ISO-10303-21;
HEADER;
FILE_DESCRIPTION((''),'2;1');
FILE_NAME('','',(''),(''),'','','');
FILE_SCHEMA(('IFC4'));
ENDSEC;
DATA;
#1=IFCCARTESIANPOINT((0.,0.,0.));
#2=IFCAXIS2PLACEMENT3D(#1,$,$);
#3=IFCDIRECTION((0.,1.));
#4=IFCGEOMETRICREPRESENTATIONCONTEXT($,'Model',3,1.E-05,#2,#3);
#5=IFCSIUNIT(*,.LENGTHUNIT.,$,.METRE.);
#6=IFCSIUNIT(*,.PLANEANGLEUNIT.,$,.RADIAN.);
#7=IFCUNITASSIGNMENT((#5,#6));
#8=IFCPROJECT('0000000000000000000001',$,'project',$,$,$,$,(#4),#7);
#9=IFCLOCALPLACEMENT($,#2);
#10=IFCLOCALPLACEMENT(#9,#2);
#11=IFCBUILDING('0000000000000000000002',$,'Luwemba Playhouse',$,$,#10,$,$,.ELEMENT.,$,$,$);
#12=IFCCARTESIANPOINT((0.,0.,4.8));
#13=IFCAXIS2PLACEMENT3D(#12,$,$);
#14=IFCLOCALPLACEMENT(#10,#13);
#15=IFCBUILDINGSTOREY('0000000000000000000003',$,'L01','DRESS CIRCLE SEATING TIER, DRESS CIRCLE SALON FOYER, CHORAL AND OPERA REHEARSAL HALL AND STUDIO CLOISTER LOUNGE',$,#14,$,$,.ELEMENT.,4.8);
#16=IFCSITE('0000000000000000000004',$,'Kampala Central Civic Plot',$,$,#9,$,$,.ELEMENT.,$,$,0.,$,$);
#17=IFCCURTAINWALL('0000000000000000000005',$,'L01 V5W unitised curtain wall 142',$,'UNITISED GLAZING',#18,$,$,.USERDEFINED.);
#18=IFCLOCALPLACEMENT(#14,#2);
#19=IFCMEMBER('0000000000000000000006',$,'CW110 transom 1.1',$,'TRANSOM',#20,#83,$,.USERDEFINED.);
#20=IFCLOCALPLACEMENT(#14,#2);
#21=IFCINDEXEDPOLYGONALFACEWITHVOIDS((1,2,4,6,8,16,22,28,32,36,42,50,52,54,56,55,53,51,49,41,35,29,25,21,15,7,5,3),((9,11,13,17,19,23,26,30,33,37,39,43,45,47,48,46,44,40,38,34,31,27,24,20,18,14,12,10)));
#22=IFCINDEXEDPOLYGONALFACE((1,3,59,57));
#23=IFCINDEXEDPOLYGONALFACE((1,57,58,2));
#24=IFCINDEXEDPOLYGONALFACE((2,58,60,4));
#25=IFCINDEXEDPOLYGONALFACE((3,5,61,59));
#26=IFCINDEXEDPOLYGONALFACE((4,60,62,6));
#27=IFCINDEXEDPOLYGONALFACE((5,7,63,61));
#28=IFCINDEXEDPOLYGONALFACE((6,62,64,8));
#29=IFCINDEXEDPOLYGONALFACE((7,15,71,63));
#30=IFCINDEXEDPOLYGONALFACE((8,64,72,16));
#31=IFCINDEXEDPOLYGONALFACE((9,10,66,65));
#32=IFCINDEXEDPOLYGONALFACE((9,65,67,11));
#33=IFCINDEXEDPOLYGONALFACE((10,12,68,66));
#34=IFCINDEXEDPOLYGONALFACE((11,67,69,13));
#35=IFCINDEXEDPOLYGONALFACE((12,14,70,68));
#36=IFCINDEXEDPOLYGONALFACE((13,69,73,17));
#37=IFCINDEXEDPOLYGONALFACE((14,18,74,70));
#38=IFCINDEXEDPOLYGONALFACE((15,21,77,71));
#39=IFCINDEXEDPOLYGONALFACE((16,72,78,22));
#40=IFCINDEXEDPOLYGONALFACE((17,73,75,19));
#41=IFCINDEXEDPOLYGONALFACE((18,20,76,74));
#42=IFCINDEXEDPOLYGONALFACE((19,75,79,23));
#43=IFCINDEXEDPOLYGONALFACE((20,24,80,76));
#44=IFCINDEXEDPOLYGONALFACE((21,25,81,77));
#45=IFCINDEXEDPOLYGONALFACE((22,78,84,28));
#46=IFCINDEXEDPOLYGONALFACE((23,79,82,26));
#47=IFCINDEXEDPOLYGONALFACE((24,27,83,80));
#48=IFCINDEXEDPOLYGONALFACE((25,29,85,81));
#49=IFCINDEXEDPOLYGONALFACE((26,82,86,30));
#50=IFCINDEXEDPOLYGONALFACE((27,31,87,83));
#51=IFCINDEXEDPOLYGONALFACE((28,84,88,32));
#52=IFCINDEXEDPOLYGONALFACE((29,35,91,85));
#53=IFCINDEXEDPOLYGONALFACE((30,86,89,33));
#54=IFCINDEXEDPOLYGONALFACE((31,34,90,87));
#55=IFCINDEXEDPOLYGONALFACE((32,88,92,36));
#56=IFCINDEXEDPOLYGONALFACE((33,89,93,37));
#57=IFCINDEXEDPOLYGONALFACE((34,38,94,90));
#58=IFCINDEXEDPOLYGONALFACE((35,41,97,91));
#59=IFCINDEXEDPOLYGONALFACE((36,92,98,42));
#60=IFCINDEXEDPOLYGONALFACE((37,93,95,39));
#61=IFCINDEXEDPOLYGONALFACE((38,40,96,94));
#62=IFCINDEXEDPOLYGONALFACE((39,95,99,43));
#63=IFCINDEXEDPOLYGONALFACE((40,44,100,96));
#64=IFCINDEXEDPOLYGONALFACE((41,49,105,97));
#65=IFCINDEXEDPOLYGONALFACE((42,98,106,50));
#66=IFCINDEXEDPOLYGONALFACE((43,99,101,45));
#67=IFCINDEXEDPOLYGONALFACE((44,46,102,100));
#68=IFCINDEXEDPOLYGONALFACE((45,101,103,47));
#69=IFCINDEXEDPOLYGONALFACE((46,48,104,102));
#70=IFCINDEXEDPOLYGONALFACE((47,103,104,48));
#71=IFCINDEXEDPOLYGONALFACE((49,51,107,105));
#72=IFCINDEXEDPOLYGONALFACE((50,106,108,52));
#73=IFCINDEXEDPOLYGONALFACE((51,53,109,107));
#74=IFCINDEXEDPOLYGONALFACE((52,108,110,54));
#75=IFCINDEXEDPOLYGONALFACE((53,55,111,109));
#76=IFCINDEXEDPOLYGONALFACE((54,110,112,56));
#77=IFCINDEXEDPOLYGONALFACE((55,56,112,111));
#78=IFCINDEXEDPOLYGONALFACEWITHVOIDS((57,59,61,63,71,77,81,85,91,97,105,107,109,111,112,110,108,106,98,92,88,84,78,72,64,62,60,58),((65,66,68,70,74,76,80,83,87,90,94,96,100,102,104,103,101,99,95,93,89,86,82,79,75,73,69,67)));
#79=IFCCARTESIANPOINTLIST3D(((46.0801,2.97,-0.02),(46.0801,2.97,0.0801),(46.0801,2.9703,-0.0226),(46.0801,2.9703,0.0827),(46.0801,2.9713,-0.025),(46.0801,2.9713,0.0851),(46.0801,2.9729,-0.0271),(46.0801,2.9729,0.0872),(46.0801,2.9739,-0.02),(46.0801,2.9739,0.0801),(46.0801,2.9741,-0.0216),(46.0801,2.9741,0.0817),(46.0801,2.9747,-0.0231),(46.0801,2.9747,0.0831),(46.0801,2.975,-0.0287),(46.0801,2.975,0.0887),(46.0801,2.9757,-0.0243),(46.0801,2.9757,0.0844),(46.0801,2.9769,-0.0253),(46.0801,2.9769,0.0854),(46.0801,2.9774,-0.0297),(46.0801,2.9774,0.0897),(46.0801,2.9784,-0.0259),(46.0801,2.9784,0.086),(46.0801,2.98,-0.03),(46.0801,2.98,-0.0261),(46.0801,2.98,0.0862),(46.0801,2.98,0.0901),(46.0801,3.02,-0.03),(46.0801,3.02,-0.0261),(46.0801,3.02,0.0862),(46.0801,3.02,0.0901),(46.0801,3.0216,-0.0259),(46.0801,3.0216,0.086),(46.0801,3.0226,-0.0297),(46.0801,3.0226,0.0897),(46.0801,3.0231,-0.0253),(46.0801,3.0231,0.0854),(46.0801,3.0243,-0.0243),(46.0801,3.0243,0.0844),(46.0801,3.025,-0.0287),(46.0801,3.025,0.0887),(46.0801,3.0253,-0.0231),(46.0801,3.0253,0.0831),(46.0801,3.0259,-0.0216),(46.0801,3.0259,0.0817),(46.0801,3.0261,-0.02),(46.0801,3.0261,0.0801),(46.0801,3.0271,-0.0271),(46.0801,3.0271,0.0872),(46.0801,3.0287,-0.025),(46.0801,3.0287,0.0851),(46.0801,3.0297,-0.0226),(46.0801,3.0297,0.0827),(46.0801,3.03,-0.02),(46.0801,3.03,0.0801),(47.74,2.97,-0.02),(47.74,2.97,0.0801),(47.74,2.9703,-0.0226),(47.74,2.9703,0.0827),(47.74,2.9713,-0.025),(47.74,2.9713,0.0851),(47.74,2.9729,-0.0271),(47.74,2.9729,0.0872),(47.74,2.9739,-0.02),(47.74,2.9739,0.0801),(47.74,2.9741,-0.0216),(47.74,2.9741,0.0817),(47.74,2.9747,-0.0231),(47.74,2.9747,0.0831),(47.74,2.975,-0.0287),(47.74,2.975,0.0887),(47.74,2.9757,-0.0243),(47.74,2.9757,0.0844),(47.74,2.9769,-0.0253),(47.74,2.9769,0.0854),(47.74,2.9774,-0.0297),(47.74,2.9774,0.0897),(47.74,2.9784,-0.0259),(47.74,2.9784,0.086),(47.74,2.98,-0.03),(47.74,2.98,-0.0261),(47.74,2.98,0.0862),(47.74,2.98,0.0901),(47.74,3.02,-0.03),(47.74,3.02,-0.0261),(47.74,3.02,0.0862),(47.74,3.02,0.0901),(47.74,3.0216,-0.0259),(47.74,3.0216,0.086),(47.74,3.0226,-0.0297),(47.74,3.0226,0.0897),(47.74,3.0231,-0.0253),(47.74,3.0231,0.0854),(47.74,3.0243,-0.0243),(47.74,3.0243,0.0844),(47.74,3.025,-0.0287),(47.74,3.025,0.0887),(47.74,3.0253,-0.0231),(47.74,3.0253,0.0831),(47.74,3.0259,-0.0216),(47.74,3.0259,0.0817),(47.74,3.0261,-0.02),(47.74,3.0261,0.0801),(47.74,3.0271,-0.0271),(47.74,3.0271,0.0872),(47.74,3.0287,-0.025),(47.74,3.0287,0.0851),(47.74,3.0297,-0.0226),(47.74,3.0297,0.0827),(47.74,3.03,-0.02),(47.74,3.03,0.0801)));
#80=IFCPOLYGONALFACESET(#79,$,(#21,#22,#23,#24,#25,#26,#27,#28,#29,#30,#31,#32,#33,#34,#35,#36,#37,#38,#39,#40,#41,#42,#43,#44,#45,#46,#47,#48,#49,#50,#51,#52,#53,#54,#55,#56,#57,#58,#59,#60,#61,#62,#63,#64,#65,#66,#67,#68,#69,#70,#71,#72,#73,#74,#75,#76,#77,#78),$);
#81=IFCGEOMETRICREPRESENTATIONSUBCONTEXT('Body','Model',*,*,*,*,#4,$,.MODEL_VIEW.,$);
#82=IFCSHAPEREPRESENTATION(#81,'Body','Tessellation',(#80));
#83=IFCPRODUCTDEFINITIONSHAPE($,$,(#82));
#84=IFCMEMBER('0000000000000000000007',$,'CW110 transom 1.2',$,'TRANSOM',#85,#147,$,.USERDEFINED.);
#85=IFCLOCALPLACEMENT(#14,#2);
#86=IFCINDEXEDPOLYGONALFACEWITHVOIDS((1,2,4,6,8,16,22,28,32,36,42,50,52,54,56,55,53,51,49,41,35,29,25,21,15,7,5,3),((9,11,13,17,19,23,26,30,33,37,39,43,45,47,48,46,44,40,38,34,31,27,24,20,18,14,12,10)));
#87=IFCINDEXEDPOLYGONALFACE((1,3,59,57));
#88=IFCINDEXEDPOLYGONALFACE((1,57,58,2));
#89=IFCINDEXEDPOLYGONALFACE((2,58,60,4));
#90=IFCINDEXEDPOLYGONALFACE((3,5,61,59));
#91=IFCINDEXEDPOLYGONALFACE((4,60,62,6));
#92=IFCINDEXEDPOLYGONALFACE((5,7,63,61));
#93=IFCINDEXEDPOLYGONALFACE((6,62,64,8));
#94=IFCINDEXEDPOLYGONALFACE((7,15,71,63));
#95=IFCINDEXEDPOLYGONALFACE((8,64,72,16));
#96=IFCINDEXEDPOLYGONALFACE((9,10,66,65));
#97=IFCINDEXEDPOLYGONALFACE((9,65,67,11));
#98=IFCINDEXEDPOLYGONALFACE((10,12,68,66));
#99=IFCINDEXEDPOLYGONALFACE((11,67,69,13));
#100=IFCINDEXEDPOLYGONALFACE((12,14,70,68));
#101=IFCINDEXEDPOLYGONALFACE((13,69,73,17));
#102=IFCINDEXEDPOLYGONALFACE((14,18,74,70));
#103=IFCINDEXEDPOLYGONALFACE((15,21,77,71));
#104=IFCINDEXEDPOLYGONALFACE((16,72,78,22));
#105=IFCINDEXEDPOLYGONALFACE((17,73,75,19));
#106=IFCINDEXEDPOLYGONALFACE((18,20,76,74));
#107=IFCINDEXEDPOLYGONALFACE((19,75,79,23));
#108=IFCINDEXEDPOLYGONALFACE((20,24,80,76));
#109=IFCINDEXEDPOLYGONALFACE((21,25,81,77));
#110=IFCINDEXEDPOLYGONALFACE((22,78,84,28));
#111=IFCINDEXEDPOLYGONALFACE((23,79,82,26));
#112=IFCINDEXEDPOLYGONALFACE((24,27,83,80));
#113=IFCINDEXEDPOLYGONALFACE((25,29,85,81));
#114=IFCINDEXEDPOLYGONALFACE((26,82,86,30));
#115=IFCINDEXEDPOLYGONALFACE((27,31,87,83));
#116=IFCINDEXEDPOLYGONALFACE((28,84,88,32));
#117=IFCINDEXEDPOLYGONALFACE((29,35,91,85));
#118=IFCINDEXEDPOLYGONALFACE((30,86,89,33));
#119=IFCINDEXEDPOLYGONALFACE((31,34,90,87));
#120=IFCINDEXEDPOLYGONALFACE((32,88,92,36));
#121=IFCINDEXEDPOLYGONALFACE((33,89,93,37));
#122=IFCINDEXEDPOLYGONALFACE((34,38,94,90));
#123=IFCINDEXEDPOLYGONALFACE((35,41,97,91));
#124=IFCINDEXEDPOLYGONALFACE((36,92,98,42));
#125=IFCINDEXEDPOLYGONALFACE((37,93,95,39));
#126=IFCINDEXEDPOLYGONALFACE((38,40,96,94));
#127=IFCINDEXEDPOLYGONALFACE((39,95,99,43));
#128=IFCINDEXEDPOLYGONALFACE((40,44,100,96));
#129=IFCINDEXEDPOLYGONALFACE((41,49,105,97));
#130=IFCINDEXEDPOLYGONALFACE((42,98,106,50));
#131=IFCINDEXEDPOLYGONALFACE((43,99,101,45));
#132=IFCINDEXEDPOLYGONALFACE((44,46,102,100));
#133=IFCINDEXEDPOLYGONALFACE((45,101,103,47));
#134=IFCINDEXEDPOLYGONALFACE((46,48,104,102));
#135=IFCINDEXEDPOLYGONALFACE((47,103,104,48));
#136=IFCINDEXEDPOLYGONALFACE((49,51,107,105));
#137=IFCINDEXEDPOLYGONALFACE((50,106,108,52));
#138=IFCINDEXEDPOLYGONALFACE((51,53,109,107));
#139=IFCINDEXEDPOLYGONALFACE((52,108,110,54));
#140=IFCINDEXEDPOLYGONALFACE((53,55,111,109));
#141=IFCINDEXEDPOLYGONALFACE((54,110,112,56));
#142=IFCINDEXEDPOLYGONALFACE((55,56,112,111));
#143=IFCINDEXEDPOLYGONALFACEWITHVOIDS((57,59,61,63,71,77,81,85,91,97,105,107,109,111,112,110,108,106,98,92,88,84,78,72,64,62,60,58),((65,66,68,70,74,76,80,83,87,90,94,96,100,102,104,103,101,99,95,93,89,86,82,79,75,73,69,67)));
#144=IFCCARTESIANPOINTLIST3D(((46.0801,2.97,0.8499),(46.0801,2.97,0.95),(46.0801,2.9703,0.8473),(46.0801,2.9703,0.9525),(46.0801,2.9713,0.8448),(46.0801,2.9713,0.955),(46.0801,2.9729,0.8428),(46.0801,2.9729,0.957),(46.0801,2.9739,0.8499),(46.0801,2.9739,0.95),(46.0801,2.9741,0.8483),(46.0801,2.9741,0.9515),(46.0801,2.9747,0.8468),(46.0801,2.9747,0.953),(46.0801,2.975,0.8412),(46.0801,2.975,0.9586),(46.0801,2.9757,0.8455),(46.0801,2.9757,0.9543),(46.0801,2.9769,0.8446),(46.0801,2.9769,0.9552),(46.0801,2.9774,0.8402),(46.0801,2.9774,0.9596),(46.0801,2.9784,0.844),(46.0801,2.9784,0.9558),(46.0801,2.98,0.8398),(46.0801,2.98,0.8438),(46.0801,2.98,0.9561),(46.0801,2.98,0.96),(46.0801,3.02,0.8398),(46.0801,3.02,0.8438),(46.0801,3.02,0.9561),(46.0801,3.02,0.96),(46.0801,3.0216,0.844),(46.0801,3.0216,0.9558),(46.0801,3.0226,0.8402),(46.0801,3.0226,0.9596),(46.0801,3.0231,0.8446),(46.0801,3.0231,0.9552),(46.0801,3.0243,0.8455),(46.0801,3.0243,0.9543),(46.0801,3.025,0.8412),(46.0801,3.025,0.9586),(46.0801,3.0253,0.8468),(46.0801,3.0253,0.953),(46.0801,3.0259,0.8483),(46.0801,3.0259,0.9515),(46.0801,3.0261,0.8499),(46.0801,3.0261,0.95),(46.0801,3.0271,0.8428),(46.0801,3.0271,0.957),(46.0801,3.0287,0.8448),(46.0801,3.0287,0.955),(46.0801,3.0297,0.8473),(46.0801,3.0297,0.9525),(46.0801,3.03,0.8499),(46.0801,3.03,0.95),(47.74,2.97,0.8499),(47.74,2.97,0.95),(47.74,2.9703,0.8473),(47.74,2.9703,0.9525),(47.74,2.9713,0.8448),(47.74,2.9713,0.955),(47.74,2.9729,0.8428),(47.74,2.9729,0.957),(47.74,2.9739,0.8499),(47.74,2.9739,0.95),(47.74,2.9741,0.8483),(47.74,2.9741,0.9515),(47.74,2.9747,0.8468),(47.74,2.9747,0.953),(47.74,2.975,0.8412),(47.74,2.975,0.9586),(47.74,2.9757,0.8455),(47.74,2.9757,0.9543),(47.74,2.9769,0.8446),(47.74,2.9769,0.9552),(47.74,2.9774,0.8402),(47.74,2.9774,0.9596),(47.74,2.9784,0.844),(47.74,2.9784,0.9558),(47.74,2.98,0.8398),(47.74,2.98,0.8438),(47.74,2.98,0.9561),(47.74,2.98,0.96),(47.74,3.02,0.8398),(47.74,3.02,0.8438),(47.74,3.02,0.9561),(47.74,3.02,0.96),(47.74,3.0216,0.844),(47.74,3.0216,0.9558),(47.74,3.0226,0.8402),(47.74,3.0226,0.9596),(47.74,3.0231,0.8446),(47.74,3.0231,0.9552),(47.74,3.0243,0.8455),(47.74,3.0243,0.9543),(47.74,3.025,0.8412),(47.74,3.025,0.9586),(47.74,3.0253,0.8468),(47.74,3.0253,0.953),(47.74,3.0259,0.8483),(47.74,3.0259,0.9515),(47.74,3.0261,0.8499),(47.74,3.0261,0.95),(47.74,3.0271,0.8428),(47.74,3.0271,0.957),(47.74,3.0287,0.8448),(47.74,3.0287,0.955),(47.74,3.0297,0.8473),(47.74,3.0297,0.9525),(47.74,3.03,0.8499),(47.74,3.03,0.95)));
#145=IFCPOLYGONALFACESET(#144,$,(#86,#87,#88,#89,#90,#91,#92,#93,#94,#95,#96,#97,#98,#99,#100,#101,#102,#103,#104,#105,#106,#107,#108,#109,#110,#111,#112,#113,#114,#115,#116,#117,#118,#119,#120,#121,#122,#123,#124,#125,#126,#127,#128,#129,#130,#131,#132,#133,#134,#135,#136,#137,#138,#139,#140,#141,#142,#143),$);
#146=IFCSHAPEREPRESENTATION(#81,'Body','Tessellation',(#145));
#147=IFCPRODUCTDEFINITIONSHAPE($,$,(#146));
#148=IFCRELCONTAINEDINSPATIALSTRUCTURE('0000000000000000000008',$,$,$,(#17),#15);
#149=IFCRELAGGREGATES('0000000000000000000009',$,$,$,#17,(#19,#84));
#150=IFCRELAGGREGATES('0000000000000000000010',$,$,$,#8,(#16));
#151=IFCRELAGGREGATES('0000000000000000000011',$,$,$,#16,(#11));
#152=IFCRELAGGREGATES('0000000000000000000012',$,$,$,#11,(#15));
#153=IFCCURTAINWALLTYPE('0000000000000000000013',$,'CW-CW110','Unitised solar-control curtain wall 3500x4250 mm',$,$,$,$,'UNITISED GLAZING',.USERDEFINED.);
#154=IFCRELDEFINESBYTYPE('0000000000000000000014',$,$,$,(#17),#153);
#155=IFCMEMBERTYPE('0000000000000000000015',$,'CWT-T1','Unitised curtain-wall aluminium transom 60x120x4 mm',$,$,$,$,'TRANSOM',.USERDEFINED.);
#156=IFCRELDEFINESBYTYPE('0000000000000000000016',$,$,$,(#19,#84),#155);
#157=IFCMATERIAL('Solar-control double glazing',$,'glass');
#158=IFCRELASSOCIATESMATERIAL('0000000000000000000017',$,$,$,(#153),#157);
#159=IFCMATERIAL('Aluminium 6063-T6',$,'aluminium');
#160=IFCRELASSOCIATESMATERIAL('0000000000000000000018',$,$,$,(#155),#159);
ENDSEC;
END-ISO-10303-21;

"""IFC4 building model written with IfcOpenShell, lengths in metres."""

from ifc_helpers import new_model, si_unit, direction, frame, origin, origin_2d, place, context, subcontext, project, spatial, hollow_rectangle, extrude, material, material_profile, profile_set, type_object, element, aggregate, save


model = new_model("IFC4")

# Units and contexts
model_context = context("Model", 3, precision=1e-05, world=origin(), true_north=direction((0.0, 1.0)))
body_context = subcontext(model_context, "Body", "Model", "MODEL_VIEW")
ifc_project = project(units=[si_unit("LENGTHUNIT", "METRE"), si_unit("PLANEANGLEUNIT", "RADIAN")], contexts=[model_context])

# Site, building, storey
site_placement = place(None, origin())
site = spatial("IfcSite", under=ifc_project, at=site_placement, Name="Kampala Central Civic Plot", CompositionType="ELEMENT", RefElevation=0.0)
building_placement = place(site_placement, origin())
building = spatial("IfcBuilding", under=site, at=building_placement, Name="Luwemba Playhouse", CompositionType="ELEMENT")
storey_placement = place(building_placement, frame((0.0, 0.0, 4.8)))
storey = spatial("IfcBuildingStorey", under=building, at=storey_placement, Name="L01", Description="DRESS CIRCLE SEATING TIER, DRESS CIRCLE SALON FOYER, CHORAL AND OPERA REHEARSAL HALL AND STUDIO CLOISTER LOUNGE", CompositionType="ELEMENT", Elevation=4.8)

# Curtain wall
ifc_material_1 = material(Name="Solar-control double glazing", Category="glass")
curtain_wall_type_1 = type_object("IfcCurtainWallType", Name="CW-CW110", Description="Unitised solar-control curtain wall 3500x4250 mm", ElementType="UNITISED GLAZING", PredefinedType="USERDEFINED", material=ifc_material_1)
curtain_wall_1_placement = place(storey_placement, origin())
curtain_wall_1 = element("IfcCurtainWall", 1, at=curtain_wall_1_placement, inside=storey, type_object=curtain_wall_type_1, Name="L01 V5W unitised curtain wall 142", ObjectType="UNITISED GLAZING", PredefinedType="USERDEFINED")
ifc_material_2 = material(Name="Aluminium 6063-T6", Category="aluminium")

# Members
ifc_material_profile_1 = material_profile(ifc_material_2, hollow_rectangle(XDim=0.0601, YDim=0.1201, WallThickness=0.0039, InnerFilletRadius=0.0061, OuterFilletRadius=0.01, at=origin_2d()))
ifc_profile_set_1 = profile_set([ifc_material_profile_1], Name="Aluminium 6063-T6")
member_type_1 = type_object("IfcMemberType", Name="CWT-T1", Description="Unitised curtain-wall aluminium transom 60x120x4 mm", ElementType="TRANSOM", PredefinedType="USERDEFINED", material=ifc_profile_set_1)
member_1_placement = place(storey_placement, frame((47.74, 3.0, 0.03), z_axis=(-1.0, 0.0, 0.0), x_axis=(0.0, -1.0, 0.0)))
member_1 = element("IfcMember", 2, at=member_1_placement, type_object=member_type_1, Name="CW110 transom 1.1", ObjectType="TRANSOM", PredefinedType="USERDEFINED", context=body_context, shape_type="SweptSolid", body=[
    extrude(hollow_rectangle(XDim=0.0601, YDim=0.1201, WallThickness=0.0039, InnerFilletRadius=0.0061, OuterFilletRadius=0.01, at=origin_2d()), origin(), (0.0, 0.0, 1.0), 1.6599),
])
member_2_placement = place(storey_placement, frame((47.74, 3.0, 0.8999), z_axis=(-1.0, 0.0, 0.0), x_axis=(0.0, -1.0, 0.0)))
member_2 = element("IfcMember", 3, at=member_2_placement, type_object=member_type_1, Name="CW110 transom 1.2", ObjectType="TRANSOM", PredefinedType="USERDEFINED", context=body_context, shape_type="SweptSolid", body=[
    extrude(hollow_rectangle(XDim=0.0601, YDim=0.1201, WallThickness=0.0039, InnerFilletRadius=0.0061, OuterFilletRadius=0.01, at=origin_2d()), origin(), (0.0, 0.0, 1.0), 1.6599),
])

aggregate(curtain_wall_1, [member_1, member_2])

save(model, "model.ifc")
